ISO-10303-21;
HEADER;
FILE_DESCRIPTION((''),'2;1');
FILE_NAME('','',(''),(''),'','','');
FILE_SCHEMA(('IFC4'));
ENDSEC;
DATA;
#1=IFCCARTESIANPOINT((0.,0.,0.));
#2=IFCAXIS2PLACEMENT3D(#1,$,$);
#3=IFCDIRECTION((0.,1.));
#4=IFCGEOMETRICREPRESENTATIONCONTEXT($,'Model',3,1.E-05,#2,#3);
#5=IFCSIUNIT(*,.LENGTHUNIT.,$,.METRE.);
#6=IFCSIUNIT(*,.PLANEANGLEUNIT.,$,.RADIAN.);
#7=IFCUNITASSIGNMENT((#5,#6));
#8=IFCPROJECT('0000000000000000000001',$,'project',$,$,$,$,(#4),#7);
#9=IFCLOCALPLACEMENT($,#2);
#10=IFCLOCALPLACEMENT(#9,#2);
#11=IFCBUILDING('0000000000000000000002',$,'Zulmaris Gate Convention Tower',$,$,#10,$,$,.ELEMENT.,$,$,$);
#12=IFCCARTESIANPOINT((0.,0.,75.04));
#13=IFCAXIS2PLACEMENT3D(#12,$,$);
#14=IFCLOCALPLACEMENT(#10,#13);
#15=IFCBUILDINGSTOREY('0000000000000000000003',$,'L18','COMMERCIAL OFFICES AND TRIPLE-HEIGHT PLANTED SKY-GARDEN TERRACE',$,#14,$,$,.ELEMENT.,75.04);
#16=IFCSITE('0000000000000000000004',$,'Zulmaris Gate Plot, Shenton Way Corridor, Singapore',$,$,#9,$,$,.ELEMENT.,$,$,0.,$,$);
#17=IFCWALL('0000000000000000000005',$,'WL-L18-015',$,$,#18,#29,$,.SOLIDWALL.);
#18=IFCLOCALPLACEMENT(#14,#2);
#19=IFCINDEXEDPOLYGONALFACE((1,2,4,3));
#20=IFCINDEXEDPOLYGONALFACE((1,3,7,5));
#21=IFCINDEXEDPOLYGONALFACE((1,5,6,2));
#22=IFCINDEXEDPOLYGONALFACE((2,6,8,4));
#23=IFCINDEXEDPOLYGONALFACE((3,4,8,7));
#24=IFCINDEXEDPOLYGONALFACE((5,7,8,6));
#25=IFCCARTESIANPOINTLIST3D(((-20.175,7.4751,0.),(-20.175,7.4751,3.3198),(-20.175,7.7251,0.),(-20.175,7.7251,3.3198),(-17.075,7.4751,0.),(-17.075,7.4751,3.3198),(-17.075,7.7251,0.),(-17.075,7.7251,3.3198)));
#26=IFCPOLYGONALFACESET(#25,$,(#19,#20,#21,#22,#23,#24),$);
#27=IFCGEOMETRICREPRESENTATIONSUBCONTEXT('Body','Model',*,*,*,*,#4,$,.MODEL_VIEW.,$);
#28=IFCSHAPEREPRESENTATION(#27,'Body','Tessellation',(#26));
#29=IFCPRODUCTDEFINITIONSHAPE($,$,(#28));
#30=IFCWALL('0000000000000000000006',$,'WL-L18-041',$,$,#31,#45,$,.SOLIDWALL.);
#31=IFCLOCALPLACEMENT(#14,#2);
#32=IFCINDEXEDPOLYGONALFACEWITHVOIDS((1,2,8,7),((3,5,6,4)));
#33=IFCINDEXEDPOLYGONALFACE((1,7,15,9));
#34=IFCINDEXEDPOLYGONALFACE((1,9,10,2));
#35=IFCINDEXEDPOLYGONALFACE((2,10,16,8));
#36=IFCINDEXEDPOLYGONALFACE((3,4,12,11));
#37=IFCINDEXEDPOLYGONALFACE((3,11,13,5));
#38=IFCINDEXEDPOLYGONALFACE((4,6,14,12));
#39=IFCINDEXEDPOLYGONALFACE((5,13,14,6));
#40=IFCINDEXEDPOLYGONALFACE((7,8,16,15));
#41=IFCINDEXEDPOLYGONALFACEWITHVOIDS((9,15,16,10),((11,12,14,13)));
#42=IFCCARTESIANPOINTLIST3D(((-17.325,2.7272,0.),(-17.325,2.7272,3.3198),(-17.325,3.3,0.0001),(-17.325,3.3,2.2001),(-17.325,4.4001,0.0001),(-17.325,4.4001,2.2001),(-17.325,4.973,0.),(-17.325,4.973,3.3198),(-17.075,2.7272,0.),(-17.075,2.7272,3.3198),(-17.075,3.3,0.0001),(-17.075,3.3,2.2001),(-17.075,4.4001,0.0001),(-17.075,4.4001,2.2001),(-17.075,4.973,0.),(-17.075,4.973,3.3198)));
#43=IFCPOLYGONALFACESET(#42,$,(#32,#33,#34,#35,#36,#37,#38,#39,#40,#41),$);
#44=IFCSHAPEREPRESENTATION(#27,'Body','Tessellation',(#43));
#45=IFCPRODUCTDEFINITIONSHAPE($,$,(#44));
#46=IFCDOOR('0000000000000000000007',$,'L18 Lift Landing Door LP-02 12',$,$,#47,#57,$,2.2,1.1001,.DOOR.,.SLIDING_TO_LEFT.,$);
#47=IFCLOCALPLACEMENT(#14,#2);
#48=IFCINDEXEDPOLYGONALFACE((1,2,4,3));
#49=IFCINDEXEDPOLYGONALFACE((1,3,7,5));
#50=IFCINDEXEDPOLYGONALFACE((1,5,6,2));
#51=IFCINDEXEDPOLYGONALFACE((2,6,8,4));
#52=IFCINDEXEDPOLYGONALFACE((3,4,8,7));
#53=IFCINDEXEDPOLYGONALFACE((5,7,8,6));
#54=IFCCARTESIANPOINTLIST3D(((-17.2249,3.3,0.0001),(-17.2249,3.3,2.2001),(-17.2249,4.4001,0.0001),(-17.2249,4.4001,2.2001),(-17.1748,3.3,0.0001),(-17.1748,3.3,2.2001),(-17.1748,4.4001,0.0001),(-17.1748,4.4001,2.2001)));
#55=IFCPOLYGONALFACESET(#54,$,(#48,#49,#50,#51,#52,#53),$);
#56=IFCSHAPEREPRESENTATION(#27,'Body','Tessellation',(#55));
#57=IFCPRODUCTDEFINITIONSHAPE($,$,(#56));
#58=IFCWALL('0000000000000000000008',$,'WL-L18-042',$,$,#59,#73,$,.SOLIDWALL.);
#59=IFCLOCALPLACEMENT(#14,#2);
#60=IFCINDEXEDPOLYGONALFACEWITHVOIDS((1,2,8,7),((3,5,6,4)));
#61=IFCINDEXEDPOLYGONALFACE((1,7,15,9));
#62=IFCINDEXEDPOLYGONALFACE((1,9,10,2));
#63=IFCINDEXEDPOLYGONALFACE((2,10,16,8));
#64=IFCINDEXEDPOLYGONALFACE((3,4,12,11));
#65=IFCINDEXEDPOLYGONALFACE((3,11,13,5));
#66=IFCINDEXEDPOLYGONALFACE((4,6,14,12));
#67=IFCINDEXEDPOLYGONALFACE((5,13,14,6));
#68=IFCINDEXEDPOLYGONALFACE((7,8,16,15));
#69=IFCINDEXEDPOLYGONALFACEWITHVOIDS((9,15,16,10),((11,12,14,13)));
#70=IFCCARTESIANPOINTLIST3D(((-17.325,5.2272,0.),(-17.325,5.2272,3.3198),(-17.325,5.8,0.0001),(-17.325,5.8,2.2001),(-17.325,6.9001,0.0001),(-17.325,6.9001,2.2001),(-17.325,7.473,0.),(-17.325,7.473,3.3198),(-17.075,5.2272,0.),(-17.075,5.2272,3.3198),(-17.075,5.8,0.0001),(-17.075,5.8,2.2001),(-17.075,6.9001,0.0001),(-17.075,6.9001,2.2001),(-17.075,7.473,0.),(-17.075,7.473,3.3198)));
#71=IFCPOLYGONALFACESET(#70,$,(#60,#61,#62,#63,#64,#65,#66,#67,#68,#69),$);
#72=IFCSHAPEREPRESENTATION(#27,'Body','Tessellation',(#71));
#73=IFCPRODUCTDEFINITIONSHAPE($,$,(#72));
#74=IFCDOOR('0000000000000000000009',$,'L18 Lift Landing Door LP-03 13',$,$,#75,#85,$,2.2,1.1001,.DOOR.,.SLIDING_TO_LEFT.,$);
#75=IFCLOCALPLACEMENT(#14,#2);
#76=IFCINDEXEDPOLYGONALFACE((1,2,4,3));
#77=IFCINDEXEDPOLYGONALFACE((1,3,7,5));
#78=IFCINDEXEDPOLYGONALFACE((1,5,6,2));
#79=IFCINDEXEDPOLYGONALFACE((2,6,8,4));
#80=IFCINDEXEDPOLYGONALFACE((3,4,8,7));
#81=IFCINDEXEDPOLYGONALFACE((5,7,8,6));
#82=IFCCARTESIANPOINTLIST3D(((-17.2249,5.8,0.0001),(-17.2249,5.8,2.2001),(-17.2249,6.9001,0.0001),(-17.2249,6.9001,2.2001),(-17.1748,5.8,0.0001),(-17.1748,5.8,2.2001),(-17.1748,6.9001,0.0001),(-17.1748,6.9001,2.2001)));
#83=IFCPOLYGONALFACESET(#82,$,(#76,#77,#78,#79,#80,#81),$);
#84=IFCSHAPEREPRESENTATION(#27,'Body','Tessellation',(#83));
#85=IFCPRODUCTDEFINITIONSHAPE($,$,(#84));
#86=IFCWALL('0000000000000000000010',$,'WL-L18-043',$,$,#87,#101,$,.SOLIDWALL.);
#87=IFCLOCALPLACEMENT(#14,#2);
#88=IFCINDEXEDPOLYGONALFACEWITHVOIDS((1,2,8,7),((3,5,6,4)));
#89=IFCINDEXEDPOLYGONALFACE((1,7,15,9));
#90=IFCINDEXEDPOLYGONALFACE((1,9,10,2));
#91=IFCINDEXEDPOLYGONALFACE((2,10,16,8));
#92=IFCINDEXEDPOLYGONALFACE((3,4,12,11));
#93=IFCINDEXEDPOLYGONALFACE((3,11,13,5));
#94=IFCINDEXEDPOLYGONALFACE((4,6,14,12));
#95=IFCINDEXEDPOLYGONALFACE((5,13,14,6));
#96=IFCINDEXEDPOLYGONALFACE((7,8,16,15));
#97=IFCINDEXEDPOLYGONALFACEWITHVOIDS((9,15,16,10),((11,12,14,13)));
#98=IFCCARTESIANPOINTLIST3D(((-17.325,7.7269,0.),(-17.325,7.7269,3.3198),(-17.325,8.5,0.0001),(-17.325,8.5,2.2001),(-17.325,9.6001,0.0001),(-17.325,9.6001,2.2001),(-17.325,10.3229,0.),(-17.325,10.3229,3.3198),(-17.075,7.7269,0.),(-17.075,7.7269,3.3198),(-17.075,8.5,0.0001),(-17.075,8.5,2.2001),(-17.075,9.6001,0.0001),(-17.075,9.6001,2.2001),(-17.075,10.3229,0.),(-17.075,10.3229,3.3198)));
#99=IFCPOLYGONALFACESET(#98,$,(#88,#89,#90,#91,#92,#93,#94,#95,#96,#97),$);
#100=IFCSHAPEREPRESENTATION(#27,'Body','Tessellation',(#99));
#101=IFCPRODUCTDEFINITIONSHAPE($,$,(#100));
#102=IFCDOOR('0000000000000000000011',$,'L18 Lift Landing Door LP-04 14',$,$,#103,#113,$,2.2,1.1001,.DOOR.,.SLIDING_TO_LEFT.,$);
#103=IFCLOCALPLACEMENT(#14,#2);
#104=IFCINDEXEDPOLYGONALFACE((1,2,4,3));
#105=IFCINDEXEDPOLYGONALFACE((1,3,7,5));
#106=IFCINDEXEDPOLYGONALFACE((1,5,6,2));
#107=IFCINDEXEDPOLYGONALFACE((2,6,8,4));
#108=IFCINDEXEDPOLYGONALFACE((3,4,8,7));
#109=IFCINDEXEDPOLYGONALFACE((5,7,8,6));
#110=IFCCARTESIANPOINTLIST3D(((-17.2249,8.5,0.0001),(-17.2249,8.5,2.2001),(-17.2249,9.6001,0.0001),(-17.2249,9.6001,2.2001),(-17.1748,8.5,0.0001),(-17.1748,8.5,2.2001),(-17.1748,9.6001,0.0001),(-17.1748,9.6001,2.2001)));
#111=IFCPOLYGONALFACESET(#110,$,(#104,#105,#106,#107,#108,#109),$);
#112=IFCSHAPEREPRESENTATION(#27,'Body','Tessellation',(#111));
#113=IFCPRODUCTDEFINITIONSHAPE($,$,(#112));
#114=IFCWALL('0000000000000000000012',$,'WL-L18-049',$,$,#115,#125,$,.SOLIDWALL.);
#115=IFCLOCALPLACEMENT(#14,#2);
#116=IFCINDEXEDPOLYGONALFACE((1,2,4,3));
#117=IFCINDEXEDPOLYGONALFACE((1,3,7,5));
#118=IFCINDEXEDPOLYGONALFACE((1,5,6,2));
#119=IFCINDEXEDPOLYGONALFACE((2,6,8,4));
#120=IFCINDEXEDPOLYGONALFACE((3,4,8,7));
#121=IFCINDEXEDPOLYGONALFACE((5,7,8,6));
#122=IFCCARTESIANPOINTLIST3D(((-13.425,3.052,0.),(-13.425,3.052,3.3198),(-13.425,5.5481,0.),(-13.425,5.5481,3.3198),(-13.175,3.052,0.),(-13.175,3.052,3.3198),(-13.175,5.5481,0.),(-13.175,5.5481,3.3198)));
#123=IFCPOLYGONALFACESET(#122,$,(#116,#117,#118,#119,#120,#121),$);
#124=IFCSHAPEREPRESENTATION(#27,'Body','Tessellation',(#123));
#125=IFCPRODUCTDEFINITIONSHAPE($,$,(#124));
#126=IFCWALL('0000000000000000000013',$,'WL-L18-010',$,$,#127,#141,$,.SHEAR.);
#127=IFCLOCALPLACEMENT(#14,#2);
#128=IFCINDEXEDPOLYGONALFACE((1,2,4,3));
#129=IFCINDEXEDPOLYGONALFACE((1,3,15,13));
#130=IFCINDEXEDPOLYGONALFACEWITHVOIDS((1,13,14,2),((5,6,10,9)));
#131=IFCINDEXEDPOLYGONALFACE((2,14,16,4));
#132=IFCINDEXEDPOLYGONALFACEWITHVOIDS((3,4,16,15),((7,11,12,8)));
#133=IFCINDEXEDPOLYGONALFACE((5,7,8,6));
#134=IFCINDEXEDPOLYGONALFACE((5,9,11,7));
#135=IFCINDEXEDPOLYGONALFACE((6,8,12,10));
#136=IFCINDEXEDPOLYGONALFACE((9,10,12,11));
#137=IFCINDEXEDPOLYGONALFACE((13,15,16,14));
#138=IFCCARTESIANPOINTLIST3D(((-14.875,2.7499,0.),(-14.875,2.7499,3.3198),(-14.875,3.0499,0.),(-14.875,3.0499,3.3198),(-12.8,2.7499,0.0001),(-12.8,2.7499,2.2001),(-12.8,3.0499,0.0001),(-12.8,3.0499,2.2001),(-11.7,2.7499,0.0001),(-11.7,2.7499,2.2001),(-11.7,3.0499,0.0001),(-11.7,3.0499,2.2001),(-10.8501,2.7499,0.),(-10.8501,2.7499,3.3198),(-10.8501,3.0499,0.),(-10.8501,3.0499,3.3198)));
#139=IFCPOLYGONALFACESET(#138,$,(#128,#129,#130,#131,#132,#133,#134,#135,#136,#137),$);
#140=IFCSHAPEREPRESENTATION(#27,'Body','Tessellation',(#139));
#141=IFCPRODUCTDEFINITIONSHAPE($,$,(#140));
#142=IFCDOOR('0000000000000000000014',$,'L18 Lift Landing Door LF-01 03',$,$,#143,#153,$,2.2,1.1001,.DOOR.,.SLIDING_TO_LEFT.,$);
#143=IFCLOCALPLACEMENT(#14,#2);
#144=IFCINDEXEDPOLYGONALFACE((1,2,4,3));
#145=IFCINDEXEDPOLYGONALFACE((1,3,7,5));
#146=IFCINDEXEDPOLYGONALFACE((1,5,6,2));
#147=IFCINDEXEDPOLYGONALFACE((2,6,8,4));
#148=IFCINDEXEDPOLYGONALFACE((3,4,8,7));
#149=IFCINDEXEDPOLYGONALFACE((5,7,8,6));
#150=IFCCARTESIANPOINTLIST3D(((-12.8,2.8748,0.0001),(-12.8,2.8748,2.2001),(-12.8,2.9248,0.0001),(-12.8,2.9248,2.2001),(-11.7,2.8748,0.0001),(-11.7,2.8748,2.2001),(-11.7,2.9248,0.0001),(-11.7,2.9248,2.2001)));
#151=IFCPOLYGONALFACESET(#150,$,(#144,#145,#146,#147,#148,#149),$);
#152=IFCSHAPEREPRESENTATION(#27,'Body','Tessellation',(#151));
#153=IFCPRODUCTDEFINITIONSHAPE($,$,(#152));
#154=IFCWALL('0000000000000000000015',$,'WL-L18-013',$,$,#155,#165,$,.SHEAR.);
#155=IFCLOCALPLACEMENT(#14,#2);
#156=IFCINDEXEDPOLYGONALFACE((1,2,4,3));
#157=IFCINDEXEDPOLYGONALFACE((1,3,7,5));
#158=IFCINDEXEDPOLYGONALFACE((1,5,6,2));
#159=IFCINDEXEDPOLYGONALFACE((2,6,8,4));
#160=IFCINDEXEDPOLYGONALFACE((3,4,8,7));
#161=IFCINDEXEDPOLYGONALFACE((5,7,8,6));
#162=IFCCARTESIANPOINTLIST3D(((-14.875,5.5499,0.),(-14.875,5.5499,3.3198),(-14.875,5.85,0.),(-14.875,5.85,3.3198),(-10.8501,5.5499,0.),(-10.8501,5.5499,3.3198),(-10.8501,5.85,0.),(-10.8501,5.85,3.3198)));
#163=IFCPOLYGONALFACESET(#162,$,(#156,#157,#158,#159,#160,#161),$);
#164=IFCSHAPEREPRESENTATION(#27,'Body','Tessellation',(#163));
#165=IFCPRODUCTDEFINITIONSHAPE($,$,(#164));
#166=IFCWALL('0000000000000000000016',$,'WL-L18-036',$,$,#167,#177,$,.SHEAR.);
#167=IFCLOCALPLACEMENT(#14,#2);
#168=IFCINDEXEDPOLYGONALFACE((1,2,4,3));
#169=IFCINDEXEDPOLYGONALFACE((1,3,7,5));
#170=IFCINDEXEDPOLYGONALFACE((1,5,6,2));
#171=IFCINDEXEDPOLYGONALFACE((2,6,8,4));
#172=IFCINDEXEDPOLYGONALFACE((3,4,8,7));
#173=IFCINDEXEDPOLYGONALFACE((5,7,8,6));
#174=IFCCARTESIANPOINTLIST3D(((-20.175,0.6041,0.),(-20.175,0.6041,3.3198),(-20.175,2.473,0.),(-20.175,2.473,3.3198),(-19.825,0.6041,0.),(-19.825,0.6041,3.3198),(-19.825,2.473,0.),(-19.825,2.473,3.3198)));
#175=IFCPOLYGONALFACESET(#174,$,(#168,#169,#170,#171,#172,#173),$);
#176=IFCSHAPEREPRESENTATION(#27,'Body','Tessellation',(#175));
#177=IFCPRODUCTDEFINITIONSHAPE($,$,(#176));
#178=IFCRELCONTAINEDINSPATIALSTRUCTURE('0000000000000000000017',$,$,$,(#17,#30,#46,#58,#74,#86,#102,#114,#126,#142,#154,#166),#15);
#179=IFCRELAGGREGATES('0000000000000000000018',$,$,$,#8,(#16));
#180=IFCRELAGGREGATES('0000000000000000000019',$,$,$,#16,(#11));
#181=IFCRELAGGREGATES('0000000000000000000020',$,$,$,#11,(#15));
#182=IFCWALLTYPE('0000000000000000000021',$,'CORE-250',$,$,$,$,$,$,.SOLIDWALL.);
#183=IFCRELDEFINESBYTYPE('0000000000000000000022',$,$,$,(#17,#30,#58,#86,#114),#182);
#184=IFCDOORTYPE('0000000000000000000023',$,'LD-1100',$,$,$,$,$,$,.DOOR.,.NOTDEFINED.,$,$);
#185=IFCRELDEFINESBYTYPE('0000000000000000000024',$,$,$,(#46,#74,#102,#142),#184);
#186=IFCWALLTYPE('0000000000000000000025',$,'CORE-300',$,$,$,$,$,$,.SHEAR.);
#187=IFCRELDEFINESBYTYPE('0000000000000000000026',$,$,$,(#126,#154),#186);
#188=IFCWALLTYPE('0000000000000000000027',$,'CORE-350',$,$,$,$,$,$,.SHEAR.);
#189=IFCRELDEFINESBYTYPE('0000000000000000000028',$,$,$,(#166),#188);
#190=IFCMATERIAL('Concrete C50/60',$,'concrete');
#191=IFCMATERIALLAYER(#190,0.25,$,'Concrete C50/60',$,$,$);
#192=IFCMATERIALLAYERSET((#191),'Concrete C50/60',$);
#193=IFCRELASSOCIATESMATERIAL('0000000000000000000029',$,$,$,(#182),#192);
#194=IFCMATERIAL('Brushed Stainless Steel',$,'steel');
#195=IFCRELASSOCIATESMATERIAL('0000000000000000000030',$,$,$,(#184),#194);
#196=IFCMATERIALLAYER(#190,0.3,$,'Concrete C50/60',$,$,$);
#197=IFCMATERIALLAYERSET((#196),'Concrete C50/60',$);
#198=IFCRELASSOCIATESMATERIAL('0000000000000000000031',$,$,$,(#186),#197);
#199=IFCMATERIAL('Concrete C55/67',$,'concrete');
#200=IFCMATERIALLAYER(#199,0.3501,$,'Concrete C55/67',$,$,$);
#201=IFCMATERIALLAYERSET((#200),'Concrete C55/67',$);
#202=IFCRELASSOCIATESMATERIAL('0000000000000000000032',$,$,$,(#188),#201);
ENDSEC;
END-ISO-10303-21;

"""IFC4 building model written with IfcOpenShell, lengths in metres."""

from ifc_helpers import new_model, si_unit, direction, frame, frame_2d, origin, place, context, subcontext, project, spatial, rectangle, extrude, material, layer, layer_set, type_object, element, fill, save


model = new_model("IFC4")

# Units and contexts
model_context = context("Model", 3, precision=1e-05, world=origin(), true_north=direction((0.0, 1.0)))
body_context = subcontext(model_context, "Body", "Model", "MODEL_VIEW")
ifc_project = project(units=[si_unit("LENGTHUNIT", "METRE"), si_unit("PLANEANGLEUNIT", "RADIAN")], contexts=[model_context])

# Site, building, storey
site_placement = place(None, origin())
site = spatial("IfcSite", under=ifc_project, at=site_placement, Name="Zulmaris Gate Plot, Shenton Way Corridor, Singapore", CompositionType="ELEMENT", RefElevation=0.0)
building_placement = place(site_placement, origin())
building = spatial("IfcBuilding", under=site, at=building_placement, Name="Zulmaris Gate Convention Tower", CompositionType="ELEMENT")
storey_placement = place(building_placement, frame((0.0, 0.0, 75.04)))
storey = spatial("IfcBuildingStorey", under=building, at=storey_placement, Name="L18", Description="COMMERCIAL OFFICES AND TRIPLE-HEIGHT PLANTED SKY-GARDEN TERRACE", CompositionType="ELEMENT", Elevation=75.04)

# Wall
ifc_material_1 = material(Name="Concrete C50/60", Category="concrete")
ifc_layer_1 = layer(ifc_material_1, 0.25, Name="Concrete C50/60")
ifc_layer_set_1 = layer_set([ifc_layer_1], Name="Concrete C50/60")
wall_type_1 = type_object("IfcWallType", Name="CORE-250", PredefinedType="SOLIDWALL", material=ifc_layer_set_1)
wall_1_placement = place(storey_placement, frame((-20.175, 7.6001, 0.0), z_axis=(0.0, 0.0, 1.0), x_axis=(1.0, 0.0, 0.0)))
element("IfcWall", 1, at=wall_1_placement, inside=storey, type_object=wall_type_1, Name="WL-L18-015", PredefinedType="SOLIDWALL", context=body_context, shape_type="SweptSolid", body=[
    extrude(rectangle(XDim=3.1001, YDim=0.25, at=frame_2d((1.55, 0.0))), origin(), (0.0, 0.0, 1.0), 3.3198),
])

# Walls, openings, doors
wall_2_placement = place(storey_placement, frame((-17.2, 2.7271, 0.0), z_axis=(0.0, 0.0, 1.0), x_axis=(0.0, 1.0, 0.0)))
wall_2 = element("IfcWall", 2, at=wall_2_placement, inside=storey, type_object=wall_type_1, Name="WL-L18-041", PredefinedType="SOLIDWALL", context=body_context, shape_type="SweptSolid", body=[
    extrude(rectangle(XDim=2.2458, YDim=0.25, at=frame_2d((1.123, 0.0))), origin(), (0.0, 0.0, 1.0), 3.3198),
])
opening_1_placement = place(wall_2_placement, frame((0.573, 0.0, 0.0)))
opening_1 = element("IfcOpeningElement", 3, at=opening_1_placement, cuts=wall_2, PredefinedType="OPENING", context=body_context, shape_type="SweptSolid", body=[
    extrude(rectangle(XDim=1.1001, YDim=2.2, at=frame_2d((0.55, 1.1001))), frame((0.0, 0.135, 0.0), z_axis=(0.0, -1.0, 0.0), x_axis=(1.0, 0.0, 0.0)), (0.0, 0.0, 1.0), 0.27),
])
ifc_material_2 = material(Name="Brushed Stainless Steel", Category="steel")
door_type_1 = type_object("IfcDoorType", Name="LD-1100", OperationType="NOTDEFINED", PredefinedType="DOOR", material=ifc_material_2)
door_1_placement = place(opening_1_placement, origin())
door_1 = element("IfcDoor", 4, at=door_1_placement, inside=storey, type_object=door_type_1, Name="L18 Lift Landing Door LP-02 12", OperationType="SLIDING_TO_LEFT", OverallHeight=2.2, OverallWidth=1.1001, PredefinedType="DOOR", context=body_context, shape_type="SweptSolid", body=[
    extrude(rectangle(XDim=1.1001, YDim=2.2, at=frame_2d((0.55, 1.1001))), frame((0.0, 0.0249, 0.0), z_axis=(0.0, -1.0, 0.0), x_axis=(1.0, 0.0, 0.0)), (0.0, 0.0, 1.0), 0.05),
])
fill(opening_1, door_1)
wall_3_placement = place(storey_placement, frame((-17.2, 5.2271, 0.0), z_axis=(0.0, 0.0, 1.0), x_axis=(0.0, 1.0, 0.0)))
wall_3 = element("IfcWall", 5, at=wall_3_placement, inside=storey, type_object=wall_type_1, Name="WL-L18-042", PredefinedType="SOLIDWALL", context=body_context, shape_type="SweptSolid", body=[
    extrude(rectangle(XDim=2.2458, YDim=0.25, at=frame_2d((1.123, 0.0))), origin(), (0.0, 0.0, 1.0), 3.3198),
])
opening_2_placement = place(wall_3_placement, frame((0.573, 0.0, 0.0)))
opening_2 = element("IfcOpeningElement", 6, at=opening_2_placement, cuts=wall_3, PredefinedType="OPENING", context=body_context, shape_type="SweptSolid", body=[
    extrude(rectangle(XDim=1.1001, YDim=2.2, at=frame_2d((0.55, 1.1001))), frame((0.0, 0.135, 0.0), z_axis=(0.0, -1.0, 0.0), x_axis=(1.0, 0.0, 0.0)), (0.0, 0.0, 1.0), 0.27),
])
door_2_placement = place(opening_2_placement, origin())
door_2 = element("IfcDoor", 7, at=door_2_placement, inside=storey, type_object=door_type_1, Name="L18 Lift Landing Door LP-03 13", OperationType="SLIDING_TO_LEFT", OverallHeight=2.2, OverallWidth=1.1001, PredefinedType="DOOR", context=body_context, shape_type="SweptSolid", body=[
    extrude(rectangle(XDim=1.1001, YDim=2.2, at=frame_2d((0.55, 1.1001))), frame((0.0, 0.0249, 0.0), z_axis=(0.0, -1.0, 0.0), x_axis=(1.0, 0.0, 0.0)), (0.0, 0.0, 1.0), 0.05),
])
fill(opening_2, door_2)
wall_4_placement = place(storey_placement, frame((-17.2, 7.7271, 0.0), z_axis=(0.0, 0.0, 1.0), x_axis=(0.0, 1.0, 0.0)))
wall_4 = element("IfcWall", 8, at=wall_4_placement, inside=storey, type_object=wall_type_1, Name="WL-L18-043", PredefinedType="SOLIDWALL", context=body_context, shape_type="SweptSolid", body=[
    extrude(rectangle(XDim=2.5959, YDim=0.25, at=frame_2d((1.2979, 0.0))), origin(), (0.0, 0.0, 1.0), 3.3198),
])
opening_3_placement = place(wall_4_placement, frame((0.7729, 0.0, 0.0)))
opening_3 = element("IfcOpeningElement", 9, at=opening_3_placement, cuts=wall_4, PredefinedType="OPENING", context=body_context, shape_type="SweptSolid", body=[
    extrude(rectangle(XDim=1.1001, YDim=2.2, at=frame_2d((0.55, 1.1001))), frame((0.0, 0.135, 0.0), z_axis=(0.0, -1.0, 0.0), x_axis=(1.0, 0.0, 0.0)), (0.0, 0.0, 1.0), 0.27),
])
door_3_placement = place(opening_3_placement, origin())
door_3 = element("IfcDoor", 10, at=door_3_placement, inside=storey, type_object=door_type_1, Name="L18 Lift Landing Door LP-04 14", OperationType="SLIDING_TO_LEFT", OverallHeight=2.2, OverallWidth=1.1001, PredefinedType="DOOR", context=body_context, shape_type="SweptSolid", body=[
    extrude(rectangle(XDim=1.1001, YDim=2.2, at=frame_2d((0.55, 1.1001))), frame((0.0, 0.0249, 0.0), z_axis=(0.0, -1.0, 0.0), x_axis=(1.0, 0.0, 0.0)), (0.0, 0.0, 1.0), 0.05),
])
fill(opening_3, door_3)

# Wall
wall_5_placement = place(storey_placement, frame((-13.3, 3.052, 0.0), z_axis=(0.0, 0.0, 1.0), x_axis=(0.0, 1.0, 0.0)))
element("IfcWall", 11, at=wall_5_placement, inside=storey, type_object=wall_type_1, Name="WL-L18-049", PredefinedType="SOLIDWALL", context=body_context, shape_type="SweptSolid", body=[
    extrude(rectangle(XDim=2.4961, YDim=0.25, at=frame_2d((1.248, 0.0))), origin(), (0.0, 0.0, 1.0), 3.3198),
])

# Wall, opening, door
ifc_layer_2 = layer(ifc_material_1, 0.3, Name="Concrete C50/60")
ifc_layer_set_2 = layer_set([ifc_layer_2], Name="Concrete C50/60")
wall_type_2 = type_object("IfcWallType", Name="CORE-300", PredefinedType="SHEAR", material=ifc_layer_set_2)
wall_6_placement = place(storey_placement, frame((-14.875, 2.8999, 0.0), z_axis=(0.0, 0.0, 1.0), x_axis=(1.0, 0.0, 0.0)))
wall_6 = element("IfcWall", 12, at=wall_6_placement, inside=storey, type_object=wall_type_2, Name="WL-L18-010", PredefinedType="SHEAR", context=body_context, shape_type="SweptSolid", body=[
    extrude(rectangle(XDim=4.0249, YDim=0.3, at=frame_2d((2.0125, 0.0))), origin(), (0.0, 0.0, 1.0), 3.3198),
])
opening_4_placement = place(wall_6_placement, frame((2.075, 0.0, 0.0)))
opening_4 = element("IfcOpeningElement", 13, at=opening_4_placement, cuts=wall_6, PredefinedType="OPENING", context=body_context, shape_type="SweptSolid", body=[
    extrude(rectangle(XDim=1.1001, YDim=2.2, at=frame_2d((0.55, 1.1001))), frame((0.0, 0.1602, 0.0), z_axis=(0.0, -1.0, 0.0), x_axis=(1.0, 0.0, 0.0)), (0.0, 0.0, 1.0), 0.3201),
])
door_4_placement = place(opening_4_placement, origin())
door_4 = element("IfcDoor", 14, at=door_4_placement, inside=storey, type_object=door_type_1, Name="L18 Lift Landing Door LF-01 03", OperationType="SLIDING_TO_LEFT", OverallHeight=2.2, OverallWidth=1.1001, PredefinedType="DOOR", context=body_context, shape_type="SweptSolid", body=[
    extrude(rectangle(XDim=1.1001, YDim=2.2, at=frame_2d((0.55, 1.1001))), frame((0.0, 0.0249, 0.0), z_axis=(0.0, -1.0, 0.0), x_axis=(1.0, 0.0, 0.0)), (0.0, 0.0, 1.0), 0.05),
])
fill(opening_4, door_4)

# Wall
wall_7_placement = place(storey_placement, frame((-14.875, 5.7, 0.0), z_axis=(0.0, 0.0, 1.0), x_axis=(1.0, 0.0, 0.0)))
element("IfcWall", 15, at=wall_7_placement, inside=storey, type_object=wall_type_2, Name="WL-L18-013", PredefinedType="SHEAR", context=body_context, shape_type="SweptSolid", body=[
    extrude(rectangle(XDim=4.0249, YDim=0.3, at=frame_2d((2.0125, 0.0))), origin(), (0.0, 0.0, 1.0), 3.3198),
])

# Wall
ifc_material_3 = material(Name="Concrete C55/67", Category="concrete")
ifc_layer_3 = layer(ifc_material_3, 0.3501, Name="Concrete C55/67")
ifc_layer_set_3 = layer_set([ifc_layer_3], Name="Concrete C55/67")
wall_type_3 = type_object("IfcWallType", Name="CORE-350", PredefinedType="SHEAR", material=ifc_layer_set_3)
wall_8_placement = place(storey_placement, frame((-20.0, 0.604, 0.0), z_axis=(0.0, 0.0, 1.0), x_axis=(0.0, 1.0, 0.0)))
element("IfcWall", 16, at=wall_8_placement, inside=storey, type_object=wall_type_3, Name="WL-L18-036", PredefinedType="SHEAR", context=body_context, shape_type="SweptSolid", body=[
    extrude(rectangle(XDim=1.8689, YDim=0.3501, at=frame_2d((0.9346, 0.0))), origin(), (0.0, 0.0, 1.0), 3.3198),
])

save(model, "model.ifc")
